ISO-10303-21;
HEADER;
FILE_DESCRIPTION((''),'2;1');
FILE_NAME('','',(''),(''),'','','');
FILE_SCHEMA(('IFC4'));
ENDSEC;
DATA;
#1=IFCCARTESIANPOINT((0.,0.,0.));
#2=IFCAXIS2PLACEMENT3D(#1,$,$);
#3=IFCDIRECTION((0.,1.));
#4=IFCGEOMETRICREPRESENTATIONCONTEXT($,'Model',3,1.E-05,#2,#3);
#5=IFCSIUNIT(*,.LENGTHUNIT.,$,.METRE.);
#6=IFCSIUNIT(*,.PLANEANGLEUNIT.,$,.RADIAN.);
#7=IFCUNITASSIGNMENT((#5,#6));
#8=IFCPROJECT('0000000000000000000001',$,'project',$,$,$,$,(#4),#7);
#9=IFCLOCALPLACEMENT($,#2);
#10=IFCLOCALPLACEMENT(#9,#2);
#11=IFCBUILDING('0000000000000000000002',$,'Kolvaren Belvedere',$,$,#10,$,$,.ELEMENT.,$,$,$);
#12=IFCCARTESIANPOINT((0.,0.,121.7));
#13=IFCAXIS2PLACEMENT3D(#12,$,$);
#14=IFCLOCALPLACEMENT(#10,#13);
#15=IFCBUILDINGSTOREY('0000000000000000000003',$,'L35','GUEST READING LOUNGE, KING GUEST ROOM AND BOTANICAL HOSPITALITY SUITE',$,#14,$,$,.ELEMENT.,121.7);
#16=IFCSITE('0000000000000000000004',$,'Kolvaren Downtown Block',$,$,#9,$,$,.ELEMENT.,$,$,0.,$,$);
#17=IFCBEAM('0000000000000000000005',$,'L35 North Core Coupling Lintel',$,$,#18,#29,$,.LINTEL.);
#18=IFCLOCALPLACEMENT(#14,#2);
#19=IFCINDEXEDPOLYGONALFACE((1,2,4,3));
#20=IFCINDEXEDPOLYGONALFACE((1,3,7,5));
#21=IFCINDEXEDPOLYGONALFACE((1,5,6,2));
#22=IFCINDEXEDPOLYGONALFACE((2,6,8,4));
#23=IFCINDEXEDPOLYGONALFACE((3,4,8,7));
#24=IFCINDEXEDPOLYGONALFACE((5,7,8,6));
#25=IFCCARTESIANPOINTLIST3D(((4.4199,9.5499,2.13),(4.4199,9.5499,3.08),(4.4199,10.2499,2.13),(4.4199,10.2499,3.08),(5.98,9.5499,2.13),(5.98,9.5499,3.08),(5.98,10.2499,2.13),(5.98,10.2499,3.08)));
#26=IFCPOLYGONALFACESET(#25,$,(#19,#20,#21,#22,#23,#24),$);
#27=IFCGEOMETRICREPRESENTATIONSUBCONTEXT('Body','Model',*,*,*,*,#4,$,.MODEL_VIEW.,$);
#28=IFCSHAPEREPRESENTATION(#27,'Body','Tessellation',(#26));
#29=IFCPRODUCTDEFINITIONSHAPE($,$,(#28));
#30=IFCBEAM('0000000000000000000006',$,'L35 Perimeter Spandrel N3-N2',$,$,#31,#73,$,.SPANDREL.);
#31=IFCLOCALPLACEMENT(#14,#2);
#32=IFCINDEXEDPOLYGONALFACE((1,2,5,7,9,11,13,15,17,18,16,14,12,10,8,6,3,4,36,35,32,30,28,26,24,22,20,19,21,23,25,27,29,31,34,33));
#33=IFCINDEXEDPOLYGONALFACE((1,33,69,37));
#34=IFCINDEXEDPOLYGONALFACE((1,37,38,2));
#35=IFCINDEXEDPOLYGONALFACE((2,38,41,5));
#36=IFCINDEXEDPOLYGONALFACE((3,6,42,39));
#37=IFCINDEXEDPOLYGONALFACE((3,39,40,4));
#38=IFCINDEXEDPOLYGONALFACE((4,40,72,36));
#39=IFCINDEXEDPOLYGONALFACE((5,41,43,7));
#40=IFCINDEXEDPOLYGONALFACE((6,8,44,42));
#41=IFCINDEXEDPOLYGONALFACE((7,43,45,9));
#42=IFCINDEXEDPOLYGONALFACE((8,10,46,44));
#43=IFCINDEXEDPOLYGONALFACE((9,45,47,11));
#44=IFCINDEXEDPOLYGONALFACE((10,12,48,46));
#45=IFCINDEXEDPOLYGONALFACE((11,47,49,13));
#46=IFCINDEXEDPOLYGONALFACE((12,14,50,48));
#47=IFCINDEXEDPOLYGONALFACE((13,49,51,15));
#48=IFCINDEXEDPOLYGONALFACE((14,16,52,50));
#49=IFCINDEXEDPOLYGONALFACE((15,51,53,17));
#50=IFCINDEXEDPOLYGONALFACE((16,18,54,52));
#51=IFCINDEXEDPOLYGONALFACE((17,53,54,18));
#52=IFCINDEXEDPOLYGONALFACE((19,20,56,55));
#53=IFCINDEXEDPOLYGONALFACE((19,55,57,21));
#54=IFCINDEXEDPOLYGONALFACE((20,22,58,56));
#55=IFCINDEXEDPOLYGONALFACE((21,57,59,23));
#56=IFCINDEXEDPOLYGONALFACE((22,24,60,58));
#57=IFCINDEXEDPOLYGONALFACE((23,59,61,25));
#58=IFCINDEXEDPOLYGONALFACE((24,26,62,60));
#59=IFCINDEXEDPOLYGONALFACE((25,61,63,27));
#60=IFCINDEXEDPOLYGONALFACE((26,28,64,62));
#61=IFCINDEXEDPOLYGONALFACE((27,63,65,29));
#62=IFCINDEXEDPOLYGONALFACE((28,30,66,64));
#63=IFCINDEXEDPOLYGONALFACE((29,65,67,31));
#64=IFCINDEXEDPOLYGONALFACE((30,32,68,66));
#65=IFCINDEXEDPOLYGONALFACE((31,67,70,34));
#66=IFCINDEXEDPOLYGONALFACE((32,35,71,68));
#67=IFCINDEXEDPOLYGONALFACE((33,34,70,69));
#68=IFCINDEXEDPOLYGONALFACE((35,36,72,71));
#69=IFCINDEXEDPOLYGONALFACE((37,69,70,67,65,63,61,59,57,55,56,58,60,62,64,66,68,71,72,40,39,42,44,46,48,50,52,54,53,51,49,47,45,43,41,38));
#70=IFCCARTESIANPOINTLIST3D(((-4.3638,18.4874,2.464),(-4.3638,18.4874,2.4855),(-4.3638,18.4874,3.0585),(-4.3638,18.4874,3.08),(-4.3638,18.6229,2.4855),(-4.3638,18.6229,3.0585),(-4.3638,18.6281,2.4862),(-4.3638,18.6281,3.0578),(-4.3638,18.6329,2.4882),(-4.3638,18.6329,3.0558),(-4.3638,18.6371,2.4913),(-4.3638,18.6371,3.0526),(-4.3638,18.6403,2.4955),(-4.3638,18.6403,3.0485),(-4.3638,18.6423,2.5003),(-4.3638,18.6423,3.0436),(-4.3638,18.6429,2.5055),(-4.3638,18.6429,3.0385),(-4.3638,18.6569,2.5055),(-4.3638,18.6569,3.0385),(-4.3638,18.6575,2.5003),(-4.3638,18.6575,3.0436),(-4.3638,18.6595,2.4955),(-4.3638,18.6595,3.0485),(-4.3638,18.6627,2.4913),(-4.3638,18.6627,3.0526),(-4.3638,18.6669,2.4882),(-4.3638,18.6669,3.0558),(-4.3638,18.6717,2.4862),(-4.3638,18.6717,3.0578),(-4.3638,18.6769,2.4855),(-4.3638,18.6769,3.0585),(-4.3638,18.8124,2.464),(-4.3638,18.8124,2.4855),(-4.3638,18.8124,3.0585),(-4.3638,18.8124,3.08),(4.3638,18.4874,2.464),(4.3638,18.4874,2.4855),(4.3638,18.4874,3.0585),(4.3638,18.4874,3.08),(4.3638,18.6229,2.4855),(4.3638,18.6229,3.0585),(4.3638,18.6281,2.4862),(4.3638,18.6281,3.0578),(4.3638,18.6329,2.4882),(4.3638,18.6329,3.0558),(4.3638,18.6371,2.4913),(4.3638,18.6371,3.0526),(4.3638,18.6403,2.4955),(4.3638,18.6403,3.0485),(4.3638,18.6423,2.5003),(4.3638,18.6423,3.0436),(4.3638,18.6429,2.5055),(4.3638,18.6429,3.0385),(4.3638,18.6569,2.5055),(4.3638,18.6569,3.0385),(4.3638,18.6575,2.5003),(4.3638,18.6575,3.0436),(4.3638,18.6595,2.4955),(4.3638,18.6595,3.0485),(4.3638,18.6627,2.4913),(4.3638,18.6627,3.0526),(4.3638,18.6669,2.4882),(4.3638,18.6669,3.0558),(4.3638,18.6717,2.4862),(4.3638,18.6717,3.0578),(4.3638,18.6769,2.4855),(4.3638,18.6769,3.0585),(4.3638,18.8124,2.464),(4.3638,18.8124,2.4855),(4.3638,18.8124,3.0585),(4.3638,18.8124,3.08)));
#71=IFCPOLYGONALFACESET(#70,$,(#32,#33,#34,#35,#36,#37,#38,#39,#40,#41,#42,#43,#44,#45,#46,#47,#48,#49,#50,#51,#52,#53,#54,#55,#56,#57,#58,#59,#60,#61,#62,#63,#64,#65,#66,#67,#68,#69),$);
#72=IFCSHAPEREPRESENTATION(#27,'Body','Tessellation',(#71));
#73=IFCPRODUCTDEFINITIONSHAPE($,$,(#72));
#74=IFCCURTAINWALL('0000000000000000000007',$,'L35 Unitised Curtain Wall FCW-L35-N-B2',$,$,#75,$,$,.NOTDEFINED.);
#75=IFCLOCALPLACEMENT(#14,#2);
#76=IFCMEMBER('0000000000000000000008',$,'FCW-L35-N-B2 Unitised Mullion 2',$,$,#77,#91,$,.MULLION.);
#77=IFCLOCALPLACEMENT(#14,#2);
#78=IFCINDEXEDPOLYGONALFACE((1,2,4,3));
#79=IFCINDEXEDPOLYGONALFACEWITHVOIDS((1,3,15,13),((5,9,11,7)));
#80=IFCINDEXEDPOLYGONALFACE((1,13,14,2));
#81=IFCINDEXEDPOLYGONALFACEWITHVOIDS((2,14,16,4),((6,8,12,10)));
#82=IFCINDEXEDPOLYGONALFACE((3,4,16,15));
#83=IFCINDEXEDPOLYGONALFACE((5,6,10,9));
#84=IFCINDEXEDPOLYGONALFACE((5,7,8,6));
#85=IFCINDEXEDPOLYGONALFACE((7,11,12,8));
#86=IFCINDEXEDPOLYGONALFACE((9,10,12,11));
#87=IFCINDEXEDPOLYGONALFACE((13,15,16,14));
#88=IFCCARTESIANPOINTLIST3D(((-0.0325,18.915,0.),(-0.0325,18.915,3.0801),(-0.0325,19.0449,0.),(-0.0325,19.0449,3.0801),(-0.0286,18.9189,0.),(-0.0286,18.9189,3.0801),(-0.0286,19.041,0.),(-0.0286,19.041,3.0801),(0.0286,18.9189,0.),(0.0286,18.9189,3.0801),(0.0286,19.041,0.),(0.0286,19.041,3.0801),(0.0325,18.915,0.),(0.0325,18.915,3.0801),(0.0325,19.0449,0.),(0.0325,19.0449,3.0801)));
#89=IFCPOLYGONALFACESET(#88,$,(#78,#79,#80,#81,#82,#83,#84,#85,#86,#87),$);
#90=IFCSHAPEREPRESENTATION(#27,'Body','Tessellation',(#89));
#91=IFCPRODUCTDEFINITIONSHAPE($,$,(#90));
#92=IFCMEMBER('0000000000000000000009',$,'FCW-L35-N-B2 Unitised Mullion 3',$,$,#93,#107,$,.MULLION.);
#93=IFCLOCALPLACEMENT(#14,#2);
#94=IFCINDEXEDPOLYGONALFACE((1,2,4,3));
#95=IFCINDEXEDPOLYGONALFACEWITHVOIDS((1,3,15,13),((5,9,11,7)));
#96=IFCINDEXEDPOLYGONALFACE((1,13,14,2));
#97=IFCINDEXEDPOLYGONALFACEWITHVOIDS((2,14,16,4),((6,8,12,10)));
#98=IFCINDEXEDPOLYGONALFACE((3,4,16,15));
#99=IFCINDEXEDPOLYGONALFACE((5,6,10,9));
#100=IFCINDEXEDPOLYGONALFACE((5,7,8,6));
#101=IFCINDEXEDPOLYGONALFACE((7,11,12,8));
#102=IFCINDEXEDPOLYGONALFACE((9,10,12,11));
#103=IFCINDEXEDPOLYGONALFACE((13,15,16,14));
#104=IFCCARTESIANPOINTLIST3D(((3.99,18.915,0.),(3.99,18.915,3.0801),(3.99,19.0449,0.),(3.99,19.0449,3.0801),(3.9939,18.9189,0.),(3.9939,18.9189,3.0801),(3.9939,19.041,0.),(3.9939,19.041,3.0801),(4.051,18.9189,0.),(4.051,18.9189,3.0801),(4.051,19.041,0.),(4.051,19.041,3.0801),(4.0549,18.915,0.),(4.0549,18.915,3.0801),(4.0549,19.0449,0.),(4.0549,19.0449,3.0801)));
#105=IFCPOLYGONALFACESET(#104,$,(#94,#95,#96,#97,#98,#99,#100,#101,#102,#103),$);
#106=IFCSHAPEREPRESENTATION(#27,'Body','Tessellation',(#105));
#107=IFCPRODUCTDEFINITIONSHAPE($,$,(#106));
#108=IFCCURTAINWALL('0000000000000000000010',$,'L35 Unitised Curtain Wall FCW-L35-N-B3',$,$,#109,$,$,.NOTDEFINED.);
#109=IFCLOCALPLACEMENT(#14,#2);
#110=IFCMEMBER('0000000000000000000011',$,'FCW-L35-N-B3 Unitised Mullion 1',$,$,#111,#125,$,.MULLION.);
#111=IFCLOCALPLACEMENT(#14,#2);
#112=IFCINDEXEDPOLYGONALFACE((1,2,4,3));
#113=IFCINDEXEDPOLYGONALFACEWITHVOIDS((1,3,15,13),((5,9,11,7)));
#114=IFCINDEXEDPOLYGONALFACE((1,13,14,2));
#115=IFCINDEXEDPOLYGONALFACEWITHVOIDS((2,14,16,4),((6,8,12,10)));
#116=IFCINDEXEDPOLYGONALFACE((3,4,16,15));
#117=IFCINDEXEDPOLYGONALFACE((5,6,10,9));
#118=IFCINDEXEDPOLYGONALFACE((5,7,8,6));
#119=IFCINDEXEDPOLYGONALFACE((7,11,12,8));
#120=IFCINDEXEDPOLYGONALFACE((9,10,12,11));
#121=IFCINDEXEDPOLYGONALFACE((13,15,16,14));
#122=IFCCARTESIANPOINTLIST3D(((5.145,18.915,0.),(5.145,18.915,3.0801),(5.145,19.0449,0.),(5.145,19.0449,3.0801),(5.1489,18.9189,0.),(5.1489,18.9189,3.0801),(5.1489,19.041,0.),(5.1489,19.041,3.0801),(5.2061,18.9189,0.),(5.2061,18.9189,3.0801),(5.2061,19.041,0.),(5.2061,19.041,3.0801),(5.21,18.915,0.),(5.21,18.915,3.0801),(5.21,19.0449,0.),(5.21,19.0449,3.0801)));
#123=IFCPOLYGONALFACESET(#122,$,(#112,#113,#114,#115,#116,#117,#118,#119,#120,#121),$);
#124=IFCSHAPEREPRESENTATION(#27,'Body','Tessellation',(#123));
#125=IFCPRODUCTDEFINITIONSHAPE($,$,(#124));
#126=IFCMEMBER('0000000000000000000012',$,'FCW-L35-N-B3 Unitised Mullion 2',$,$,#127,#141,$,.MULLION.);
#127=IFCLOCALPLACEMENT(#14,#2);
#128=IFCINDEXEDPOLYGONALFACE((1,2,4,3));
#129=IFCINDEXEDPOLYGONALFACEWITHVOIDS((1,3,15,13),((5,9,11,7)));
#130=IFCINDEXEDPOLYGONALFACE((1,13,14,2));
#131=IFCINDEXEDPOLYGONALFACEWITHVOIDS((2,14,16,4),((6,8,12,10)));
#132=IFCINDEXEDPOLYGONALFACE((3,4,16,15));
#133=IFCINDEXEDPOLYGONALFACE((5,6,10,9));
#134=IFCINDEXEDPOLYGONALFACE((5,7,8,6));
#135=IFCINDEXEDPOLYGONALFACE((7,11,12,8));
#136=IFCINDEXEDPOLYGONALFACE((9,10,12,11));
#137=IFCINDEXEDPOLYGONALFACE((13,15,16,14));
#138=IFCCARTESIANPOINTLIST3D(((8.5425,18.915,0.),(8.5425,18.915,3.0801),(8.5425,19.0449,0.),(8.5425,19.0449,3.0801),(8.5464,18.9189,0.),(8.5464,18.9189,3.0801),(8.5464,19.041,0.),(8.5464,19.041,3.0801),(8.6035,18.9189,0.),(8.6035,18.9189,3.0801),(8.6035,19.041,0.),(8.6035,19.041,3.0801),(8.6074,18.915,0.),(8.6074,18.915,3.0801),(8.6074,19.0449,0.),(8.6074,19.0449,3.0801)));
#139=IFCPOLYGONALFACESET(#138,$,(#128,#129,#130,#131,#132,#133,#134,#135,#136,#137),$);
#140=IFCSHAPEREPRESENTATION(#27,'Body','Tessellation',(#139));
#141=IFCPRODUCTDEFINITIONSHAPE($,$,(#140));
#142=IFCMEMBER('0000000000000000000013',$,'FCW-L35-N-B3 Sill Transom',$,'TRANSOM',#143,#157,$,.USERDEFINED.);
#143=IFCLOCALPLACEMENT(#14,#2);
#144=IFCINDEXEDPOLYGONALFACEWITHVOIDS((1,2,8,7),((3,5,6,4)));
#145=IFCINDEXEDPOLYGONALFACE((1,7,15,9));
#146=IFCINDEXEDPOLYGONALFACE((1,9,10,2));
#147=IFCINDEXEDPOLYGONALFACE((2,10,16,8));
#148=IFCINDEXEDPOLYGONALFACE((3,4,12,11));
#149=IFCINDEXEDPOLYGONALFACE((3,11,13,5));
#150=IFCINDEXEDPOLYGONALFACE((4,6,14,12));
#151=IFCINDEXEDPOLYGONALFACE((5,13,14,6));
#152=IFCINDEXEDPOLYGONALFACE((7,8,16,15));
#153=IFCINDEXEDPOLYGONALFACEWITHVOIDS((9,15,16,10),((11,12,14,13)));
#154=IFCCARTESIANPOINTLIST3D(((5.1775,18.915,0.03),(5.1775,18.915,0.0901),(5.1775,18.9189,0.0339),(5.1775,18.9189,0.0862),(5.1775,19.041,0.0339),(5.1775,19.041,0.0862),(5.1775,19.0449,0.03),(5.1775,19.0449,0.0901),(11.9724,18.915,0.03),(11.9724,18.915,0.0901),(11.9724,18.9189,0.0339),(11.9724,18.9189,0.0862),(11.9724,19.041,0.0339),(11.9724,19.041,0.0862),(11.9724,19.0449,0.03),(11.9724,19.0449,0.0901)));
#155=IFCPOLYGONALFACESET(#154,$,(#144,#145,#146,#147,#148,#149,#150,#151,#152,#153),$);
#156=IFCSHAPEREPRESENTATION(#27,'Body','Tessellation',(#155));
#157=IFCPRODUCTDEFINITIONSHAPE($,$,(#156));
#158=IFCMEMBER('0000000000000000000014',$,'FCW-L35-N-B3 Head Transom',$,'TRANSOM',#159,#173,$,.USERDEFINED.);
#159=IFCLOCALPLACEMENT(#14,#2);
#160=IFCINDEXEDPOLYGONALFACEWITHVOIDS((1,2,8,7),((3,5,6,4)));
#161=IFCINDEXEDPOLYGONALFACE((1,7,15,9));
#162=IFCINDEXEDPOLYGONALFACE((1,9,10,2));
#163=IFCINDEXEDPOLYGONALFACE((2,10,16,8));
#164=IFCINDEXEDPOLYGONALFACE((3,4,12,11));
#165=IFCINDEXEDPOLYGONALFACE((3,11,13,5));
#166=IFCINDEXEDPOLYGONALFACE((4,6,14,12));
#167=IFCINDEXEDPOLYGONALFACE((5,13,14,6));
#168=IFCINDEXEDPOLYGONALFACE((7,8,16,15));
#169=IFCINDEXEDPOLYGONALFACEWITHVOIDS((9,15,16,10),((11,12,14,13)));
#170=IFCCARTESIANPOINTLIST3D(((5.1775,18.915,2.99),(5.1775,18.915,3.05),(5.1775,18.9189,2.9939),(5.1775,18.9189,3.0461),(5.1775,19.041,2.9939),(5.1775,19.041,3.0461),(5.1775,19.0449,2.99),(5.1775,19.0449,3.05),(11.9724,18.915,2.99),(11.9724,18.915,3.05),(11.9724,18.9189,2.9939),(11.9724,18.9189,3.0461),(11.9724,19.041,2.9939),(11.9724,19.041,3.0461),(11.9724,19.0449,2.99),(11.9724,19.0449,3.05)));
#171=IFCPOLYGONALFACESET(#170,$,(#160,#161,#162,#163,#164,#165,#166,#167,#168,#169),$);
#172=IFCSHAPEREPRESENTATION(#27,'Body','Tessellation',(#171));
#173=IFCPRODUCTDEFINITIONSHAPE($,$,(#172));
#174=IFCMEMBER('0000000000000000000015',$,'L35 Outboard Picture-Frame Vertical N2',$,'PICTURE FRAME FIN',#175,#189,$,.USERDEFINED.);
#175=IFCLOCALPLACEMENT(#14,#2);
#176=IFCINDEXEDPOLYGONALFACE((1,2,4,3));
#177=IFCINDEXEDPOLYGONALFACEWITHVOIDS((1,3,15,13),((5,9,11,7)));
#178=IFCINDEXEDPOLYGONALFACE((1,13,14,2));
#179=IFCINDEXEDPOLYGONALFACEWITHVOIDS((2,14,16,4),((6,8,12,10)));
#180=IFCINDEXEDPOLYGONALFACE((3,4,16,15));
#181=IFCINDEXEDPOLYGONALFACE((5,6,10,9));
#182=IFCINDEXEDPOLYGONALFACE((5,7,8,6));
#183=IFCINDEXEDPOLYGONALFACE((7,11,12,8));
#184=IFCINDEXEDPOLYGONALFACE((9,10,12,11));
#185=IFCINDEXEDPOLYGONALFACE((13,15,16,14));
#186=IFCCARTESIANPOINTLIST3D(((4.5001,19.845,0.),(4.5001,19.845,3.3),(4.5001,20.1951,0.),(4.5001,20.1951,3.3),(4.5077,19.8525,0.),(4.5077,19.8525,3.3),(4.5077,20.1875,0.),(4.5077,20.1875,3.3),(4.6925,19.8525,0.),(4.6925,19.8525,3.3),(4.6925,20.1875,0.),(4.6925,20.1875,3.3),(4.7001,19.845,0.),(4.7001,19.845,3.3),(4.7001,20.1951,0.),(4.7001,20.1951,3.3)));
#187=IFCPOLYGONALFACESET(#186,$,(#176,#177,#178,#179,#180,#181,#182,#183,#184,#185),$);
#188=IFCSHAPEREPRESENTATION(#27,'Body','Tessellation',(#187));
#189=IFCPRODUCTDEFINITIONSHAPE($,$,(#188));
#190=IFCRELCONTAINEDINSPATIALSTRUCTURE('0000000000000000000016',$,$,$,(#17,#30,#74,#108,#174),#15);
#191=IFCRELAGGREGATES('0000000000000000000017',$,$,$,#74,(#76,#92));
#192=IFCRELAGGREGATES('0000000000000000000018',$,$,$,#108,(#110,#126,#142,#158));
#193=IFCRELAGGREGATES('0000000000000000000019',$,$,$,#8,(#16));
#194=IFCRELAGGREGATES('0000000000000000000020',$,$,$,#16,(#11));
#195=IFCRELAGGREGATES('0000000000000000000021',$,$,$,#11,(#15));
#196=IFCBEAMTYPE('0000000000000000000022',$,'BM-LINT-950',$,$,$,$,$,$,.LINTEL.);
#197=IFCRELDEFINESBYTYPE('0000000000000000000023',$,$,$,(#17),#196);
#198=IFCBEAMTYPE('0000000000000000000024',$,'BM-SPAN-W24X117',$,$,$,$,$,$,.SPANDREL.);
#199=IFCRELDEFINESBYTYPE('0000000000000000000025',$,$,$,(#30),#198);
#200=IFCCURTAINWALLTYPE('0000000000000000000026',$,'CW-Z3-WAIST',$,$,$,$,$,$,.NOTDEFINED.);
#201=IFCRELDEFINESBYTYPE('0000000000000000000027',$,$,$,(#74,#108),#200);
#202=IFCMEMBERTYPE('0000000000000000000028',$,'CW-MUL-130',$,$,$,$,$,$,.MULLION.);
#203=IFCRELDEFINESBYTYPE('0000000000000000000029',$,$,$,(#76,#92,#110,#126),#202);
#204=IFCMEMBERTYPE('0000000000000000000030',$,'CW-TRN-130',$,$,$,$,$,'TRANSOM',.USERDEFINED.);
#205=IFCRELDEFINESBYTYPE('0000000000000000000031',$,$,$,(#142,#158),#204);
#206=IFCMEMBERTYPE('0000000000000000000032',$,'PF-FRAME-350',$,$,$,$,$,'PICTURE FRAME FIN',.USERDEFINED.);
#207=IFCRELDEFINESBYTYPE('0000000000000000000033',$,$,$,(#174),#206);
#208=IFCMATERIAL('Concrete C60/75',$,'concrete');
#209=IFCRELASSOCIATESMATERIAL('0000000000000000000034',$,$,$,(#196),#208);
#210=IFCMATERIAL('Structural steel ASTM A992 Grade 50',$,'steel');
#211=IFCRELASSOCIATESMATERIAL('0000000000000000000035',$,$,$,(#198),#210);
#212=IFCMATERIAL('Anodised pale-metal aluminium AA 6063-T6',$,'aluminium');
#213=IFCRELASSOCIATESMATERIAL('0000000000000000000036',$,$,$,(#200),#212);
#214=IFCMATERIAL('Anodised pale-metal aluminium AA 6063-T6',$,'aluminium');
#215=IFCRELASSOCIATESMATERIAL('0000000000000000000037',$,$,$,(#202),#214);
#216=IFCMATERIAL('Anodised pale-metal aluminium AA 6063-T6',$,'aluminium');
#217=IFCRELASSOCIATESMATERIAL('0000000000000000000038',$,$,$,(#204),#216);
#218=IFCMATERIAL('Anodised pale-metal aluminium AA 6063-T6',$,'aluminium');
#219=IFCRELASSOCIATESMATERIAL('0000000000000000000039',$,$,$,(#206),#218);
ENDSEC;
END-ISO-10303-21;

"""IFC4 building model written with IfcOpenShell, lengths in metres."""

from ifc_helpers import new_model, si_unit, direction, frame, origin, origin_2d, place, context, subcontext, project, spatial, rectangle, hollow_rectangle, i_section, extrude, material, material_profile, profile_set, type_object, element, aggregate, save


model = new_model("IFC4")

# Units and contexts
model_context = context("Model", 3, precision=1e-05, world=origin(), true_north=direction((0.0, 1.0)))
body_context = subcontext(model_context, "Body", "Model", "MODEL_VIEW")
ifc_project = project(units=[si_unit("LENGTHUNIT", "METRE"), si_unit("PLANEANGLEUNIT", "RADIAN")], contexts=[model_context])

# Site, building, storey
site_placement = place(None, origin())
site = spatial("IfcSite", under=ifc_project, at=site_placement, Name="Kolvaren Downtown Block", CompositionType="ELEMENT", RefElevation=0.0)
building_placement = place(site_placement, origin())
building = spatial("IfcBuilding", under=site, at=building_placement, Name="Kolvaren Belvedere", CompositionType="ELEMENT")
storey_placement = place(building_placement, frame((0.0, 0.0, 121.7)))
storey = spatial("IfcBuildingStorey", under=building, at=storey_placement, Name="L35", Description="GUEST READING LOUNGE, KING GUEST ROOM AND BOTANICAL HOSPITALITY SUITE", CompositionType="ELEMENT", Elevation=121.7)

# Beams
ifc_material_1 = material(Name="Concrete C60/75", Category="concrete")
ifc_material_profile_1 = material_profile(ifc_material_1, rectangle(XDim=0.7, YDim=0.95, at=origin_2d()), Name="RC 700X950")
ifc_profile_set_1 = profile_set([ifc_material_profile_1], Name="Concrete C60/75")
beam_type_1 = type_object("IfcBeamType", Name="BM-LINT-950", PredefinedType="LINTEL", material=ifc_profile_set_1)
beam_1_placement = place(storey_placement, frame((4.4199, 9.8999, 2.605), z_axis=(1.0, 0.0, 0.0), x_axis=(0.0, 1.0, 0.0)))
element("IfcBeam", 1, at=beam_1_placement, inside=storey, type_object=beam_type_1, Name="L35 North Core Coupling Lintel", PredefinedType="LINTEL", context=body_context, shape_type="SweptSolid", body=[
    extrude(rectangle(XDim=0.7, YDim=0.95, at=origin_2d()), origin(), (0.0, 0.0, 1.0), 1.5601),
])
ifc_material_2 = material(Name="Structural steel ASTM A992 Grade 50", Category="steel")
ifc_material_profile_2 = material_profile(ifc_material_2, i_section(OverallWidth=0.325, OverallDepth=0.616, WebThickness=0.0139, FlangeThickness=0.0215, FilletRadius=0.02, at=origin_2d()), Name="W24X117")
ifc_profile_set_2 = profile_set([ifc_material_profile_2], Name="Structural steel ASTM A992 Grade 50")
beam_type_2 = type_object("IfcBeamType", Name="BM-SPAN-W24X117", PredefinedType="SPANDREL", material=ifc_profile_set_2)
beam_2_placement = place(storey_placement, frame((4.3638, 18.6499, 2.772), z_axis=(-1.0, 0.0, 0.0), x_axis=(0.0, -1.0, 0.0)))
element("IfcBeam", 2, at=beam_2_placement, inside=storey, type_object=beam_type_2, Name="L35 Perimeter Spandrel N3-N2", PredefinedType="SPANDREL", context=body_context, shape_type="SweptSolid", body=[
    extrude(i_section(OverallWidth=0.325, OverallDepth=0.616, WebThickness=0.0139, FlangeThickness=0.0215, FilletRadius=0.02, at=origin_2d()), origin(), (0.0, 0.0, 1.0), 8.7275),
])

# Curtain walls, members
ifc_material_3 = material(Name="Anodised pale-metal aluminium AA 6063-T6", Category="aluminium")
curtain_wall_type = type_object("IfcCurtainWallType", Name="CW-Z3-WAIST", PredefinedType="NOTDEFINED", material=ifc_material_3)
curtain_wall_1_placement = place(storey_placement, origin())
curtain_wall_1 = element("IfcCurtainWall", 3, at=curtain_wall_1_placement, inside=storey, type_object=curtain_wall_type, Name="L35 Unitised Curtain Wall FCW-L35-N-B2", PredefinedType="NOTDEFINED")
ifc_material_4 = material(Name="Anodised pale-metal aluminium AA 6063-T6", Category="aluminium")
ifc_material_profile_3 = material_profile(ifc_material_4, hollow_rectangle(XDim=0.0649, YDim=0.1299, WallThickness=0.0039, at=origin_2d()), Name="ALU-MUL-130X65")
ifc_profile_set_3 = profile_set([ifc_material_profile_3], Name="Anodised pale-metal aluminium AA 6063-T6")
member_type_1 = type_object("IfcMemberType", Name="CW-MUL-130", PredefinedType="MULLION", material=ifc_profile_set_3)
member_1_placement = place(storey_placement, frame((0.0, 18.98, 0.0), z_axis=(0.0, 0.0, 1.0), x_axis=(1.0, 0.0, 0.0)))
member_1 = element("IfcMember", 4, at=member_1_placement, type_object=member_type_1, Name="FCW-L35-N-B2 Unitised Mullion 2", PredefinedType="MULLION", context=body_context, shape_type="SweptSolid", body=[
    extrude(hollow_rectangle(XDim=0.0649, YDim=0.1299, WallThickness=0.0039, at=origin_2d()), origin(), (0.0, 0.0, 1.0), 3.0801),
])
member_2_placement = place(storey_placement, frame((4.0225, 18.98, 0.0), z_axis=(0.0, 0.0, 1.0), x_axis=(1.0, 0.0, 0.0)))
member_2 = element("IfcMember", 5, at=member_2_placement, type_object=member_type_1, Name="FCW-L35-N-B2 Unitised Mullion 3", PredefinedType="MULLION", context=body_context, shape_type="SweptSolid", body=[
    extrude(hollow_rectangle(XDim=0.0649, YDim=0.1299, WallThickness=0.0039, at=origin_2d()), origin(), (0.0, 0.0, 1.0), 3.0801),
])
curtain_wall_2_placement = place(storey_placement, origin())
curtain_wall_2 = element("IfcCurtainWall", 6, at=curtain_wall_2_placement, inside=storey, type_object=curtain_wall_type, Name="L35 Unitised Curtain Wall FCW-L35-N-B3", PredefinedType="NOTDEFINED")
member_3_placement = place(storey_placement, frame((5.1775, 18.98, 0.0), z_axis=(0.0, 0.0, 1.0), x_axis=(1.0, 0.0, 0.0)))
member_3 = element("IfcMember", 7, at=member_3_placement, type_object=member_type_1, Name="FCW-L35-N-B3 Unitised Mullion 1", PredefinedType="MULLION", context=body_context, shape_type="SweptSolid", body=[
    extrude(hollow_rectangle(XDim=0.0649, YDim=0.1299, WallThickness=0.0039, at=origin_2d()), origin(), (0.0, 0.0, 1.0), 3.0801),
])
member_4_placement = place(storey_placement, frame((8.575, 18.98, 0.0), z_axis=(0.0, 0.0, 1.0), x_axis=(1.0, 0.0, 0.0)))
member_4 = element("IfcMember", 8, at=member_4_placement, type_object=member_type_1, Name="FCW-L35-N-B3 Unitised Mullion 2", PredefinedType="MULLION", context=body_context, shape_type="SweptSolid", body=[
    extrude(hollow_rectangle(XDim=0.0649, YDim=0.1299, WallThickness=0.0039, at=origin_2d()), origin(), (0.0, 0.0, 1.0), 3.0801),
])
ifc_material_5 = material(Name="Anodised pale-metal aluminium AA 6063-T6", Category="aluminium")
ifc_material_profile_4 = material_profile(ifc_material_5, hollow_rectangle(XDim=0.0601, YDim=0.1299, WallThickness=0.0039, at=origin_2d()), Name="ALU-TRN-130X60")
ifc_profile_set_4 = profile_set([ifc_material_profile_4], Name="Anodised pale-metal aluminium AA 6063-T6")
member_type_2 = type_object("IfcMemberType", Name="CW-TRN-130", ElementType="TRANSOM", PredefinedType="USERDEFINED", material=ifc_profile_set_4)
member_5_placement = place(storey_placement, frame((5.1775, 18.98, 0.0601), z_axis=(1.0, 0.0, 0.0), x_axis=(0.0, 0.0, 1.0)))
member_5 = element("IfcMember", 9, at=member_5_placement, type_object=member_type_2, Name="FCW-L35-N-B3 Sill Transom", ObjectType="TRANSOM", PredefinedType="USERDEFINED", context=body_context, shape_type="SweptSolid", body=[
    extrude(hollow_rectangle(XDim=0.0601, YDim=0.1299, WallThickness=0.0039, at=origin_2d()), origin(), (0.0, 0.0, 1.0), 6.7949),
])
member_6_placement = place(storey_placement, frame((5.1775, 18.98, 3.02), z_axis=(1.0, 0.0, 0.0), x_axis=(0.0, 0.0, 1.0)))
member_6 = element("IfcMember", 10, at=member_6_placement, type_object=member_type_2, Name="FCW-L35-N-B3 Head Transom", ObjectType="TRANSOM", PredefinedType="USERDEFINED", context=body_context, shape_type="SweptSolid", body=[
    extrude(hollow_rectangle(XDim=0.0601, YDim=0.1299, WallThickness=0.0039, at=origin_2d()), origin(), (0.0, 0.0, 1.0), 6.7949),
])

# Member
ifc_material_6 = material(Name="Anodised pale-metal aluminium AA 6063-T6", Category="aluminium")
ifc_material_profile_5 = material_profile(ifc_material_6, hollow_rectangle(XDim=0.2, YDim=0.3501, WallThickness=0.0076, at=origin_2d()), Name="ALU-PF-350X200")
ifc_profile_set_5 = profile_set([ifc_material_profile_5], Name="Anodised pale-metal aluminium AA 6063-T6")
member_type_3 = type_object("IfcMemberType", Name="PF-FRAME-350", ElementType="PICTURE FRAME FIN", PredefinedType="USERDEFINED", material=ifc_profile_set_5)
member_7_placement = place(storey_placement, frame((4.6001, 20.02, 0.0), z_axis=(0.0, 0.0, 1.0), x_axis=(1.0, 0.0, 0.0)))
element("IfcMember", 11, at=member_7_placement, inside=storey, type_object=member_type_3, Name="L35 Outboard Picture-Frame Vertical N2", ObjectType="PICTURE FRAME FIN", PredefinedType="USERDEFINED", context=body_context, shape_type="SweptSolid", body=[
    extrude(hollow_rectangle(XDim=0.2, YDim=0.3501, WallThickness=0.0076, at=origin_2d()), origin(), (0.0, 0.0, 1.0), 3.3),
])

aggregate(curtain_wall_1, [member_1, member_2])
aggregate(curtain_wall_2, [member_3, member_4, member_5, member_6])

save(model, "model.ifc")
